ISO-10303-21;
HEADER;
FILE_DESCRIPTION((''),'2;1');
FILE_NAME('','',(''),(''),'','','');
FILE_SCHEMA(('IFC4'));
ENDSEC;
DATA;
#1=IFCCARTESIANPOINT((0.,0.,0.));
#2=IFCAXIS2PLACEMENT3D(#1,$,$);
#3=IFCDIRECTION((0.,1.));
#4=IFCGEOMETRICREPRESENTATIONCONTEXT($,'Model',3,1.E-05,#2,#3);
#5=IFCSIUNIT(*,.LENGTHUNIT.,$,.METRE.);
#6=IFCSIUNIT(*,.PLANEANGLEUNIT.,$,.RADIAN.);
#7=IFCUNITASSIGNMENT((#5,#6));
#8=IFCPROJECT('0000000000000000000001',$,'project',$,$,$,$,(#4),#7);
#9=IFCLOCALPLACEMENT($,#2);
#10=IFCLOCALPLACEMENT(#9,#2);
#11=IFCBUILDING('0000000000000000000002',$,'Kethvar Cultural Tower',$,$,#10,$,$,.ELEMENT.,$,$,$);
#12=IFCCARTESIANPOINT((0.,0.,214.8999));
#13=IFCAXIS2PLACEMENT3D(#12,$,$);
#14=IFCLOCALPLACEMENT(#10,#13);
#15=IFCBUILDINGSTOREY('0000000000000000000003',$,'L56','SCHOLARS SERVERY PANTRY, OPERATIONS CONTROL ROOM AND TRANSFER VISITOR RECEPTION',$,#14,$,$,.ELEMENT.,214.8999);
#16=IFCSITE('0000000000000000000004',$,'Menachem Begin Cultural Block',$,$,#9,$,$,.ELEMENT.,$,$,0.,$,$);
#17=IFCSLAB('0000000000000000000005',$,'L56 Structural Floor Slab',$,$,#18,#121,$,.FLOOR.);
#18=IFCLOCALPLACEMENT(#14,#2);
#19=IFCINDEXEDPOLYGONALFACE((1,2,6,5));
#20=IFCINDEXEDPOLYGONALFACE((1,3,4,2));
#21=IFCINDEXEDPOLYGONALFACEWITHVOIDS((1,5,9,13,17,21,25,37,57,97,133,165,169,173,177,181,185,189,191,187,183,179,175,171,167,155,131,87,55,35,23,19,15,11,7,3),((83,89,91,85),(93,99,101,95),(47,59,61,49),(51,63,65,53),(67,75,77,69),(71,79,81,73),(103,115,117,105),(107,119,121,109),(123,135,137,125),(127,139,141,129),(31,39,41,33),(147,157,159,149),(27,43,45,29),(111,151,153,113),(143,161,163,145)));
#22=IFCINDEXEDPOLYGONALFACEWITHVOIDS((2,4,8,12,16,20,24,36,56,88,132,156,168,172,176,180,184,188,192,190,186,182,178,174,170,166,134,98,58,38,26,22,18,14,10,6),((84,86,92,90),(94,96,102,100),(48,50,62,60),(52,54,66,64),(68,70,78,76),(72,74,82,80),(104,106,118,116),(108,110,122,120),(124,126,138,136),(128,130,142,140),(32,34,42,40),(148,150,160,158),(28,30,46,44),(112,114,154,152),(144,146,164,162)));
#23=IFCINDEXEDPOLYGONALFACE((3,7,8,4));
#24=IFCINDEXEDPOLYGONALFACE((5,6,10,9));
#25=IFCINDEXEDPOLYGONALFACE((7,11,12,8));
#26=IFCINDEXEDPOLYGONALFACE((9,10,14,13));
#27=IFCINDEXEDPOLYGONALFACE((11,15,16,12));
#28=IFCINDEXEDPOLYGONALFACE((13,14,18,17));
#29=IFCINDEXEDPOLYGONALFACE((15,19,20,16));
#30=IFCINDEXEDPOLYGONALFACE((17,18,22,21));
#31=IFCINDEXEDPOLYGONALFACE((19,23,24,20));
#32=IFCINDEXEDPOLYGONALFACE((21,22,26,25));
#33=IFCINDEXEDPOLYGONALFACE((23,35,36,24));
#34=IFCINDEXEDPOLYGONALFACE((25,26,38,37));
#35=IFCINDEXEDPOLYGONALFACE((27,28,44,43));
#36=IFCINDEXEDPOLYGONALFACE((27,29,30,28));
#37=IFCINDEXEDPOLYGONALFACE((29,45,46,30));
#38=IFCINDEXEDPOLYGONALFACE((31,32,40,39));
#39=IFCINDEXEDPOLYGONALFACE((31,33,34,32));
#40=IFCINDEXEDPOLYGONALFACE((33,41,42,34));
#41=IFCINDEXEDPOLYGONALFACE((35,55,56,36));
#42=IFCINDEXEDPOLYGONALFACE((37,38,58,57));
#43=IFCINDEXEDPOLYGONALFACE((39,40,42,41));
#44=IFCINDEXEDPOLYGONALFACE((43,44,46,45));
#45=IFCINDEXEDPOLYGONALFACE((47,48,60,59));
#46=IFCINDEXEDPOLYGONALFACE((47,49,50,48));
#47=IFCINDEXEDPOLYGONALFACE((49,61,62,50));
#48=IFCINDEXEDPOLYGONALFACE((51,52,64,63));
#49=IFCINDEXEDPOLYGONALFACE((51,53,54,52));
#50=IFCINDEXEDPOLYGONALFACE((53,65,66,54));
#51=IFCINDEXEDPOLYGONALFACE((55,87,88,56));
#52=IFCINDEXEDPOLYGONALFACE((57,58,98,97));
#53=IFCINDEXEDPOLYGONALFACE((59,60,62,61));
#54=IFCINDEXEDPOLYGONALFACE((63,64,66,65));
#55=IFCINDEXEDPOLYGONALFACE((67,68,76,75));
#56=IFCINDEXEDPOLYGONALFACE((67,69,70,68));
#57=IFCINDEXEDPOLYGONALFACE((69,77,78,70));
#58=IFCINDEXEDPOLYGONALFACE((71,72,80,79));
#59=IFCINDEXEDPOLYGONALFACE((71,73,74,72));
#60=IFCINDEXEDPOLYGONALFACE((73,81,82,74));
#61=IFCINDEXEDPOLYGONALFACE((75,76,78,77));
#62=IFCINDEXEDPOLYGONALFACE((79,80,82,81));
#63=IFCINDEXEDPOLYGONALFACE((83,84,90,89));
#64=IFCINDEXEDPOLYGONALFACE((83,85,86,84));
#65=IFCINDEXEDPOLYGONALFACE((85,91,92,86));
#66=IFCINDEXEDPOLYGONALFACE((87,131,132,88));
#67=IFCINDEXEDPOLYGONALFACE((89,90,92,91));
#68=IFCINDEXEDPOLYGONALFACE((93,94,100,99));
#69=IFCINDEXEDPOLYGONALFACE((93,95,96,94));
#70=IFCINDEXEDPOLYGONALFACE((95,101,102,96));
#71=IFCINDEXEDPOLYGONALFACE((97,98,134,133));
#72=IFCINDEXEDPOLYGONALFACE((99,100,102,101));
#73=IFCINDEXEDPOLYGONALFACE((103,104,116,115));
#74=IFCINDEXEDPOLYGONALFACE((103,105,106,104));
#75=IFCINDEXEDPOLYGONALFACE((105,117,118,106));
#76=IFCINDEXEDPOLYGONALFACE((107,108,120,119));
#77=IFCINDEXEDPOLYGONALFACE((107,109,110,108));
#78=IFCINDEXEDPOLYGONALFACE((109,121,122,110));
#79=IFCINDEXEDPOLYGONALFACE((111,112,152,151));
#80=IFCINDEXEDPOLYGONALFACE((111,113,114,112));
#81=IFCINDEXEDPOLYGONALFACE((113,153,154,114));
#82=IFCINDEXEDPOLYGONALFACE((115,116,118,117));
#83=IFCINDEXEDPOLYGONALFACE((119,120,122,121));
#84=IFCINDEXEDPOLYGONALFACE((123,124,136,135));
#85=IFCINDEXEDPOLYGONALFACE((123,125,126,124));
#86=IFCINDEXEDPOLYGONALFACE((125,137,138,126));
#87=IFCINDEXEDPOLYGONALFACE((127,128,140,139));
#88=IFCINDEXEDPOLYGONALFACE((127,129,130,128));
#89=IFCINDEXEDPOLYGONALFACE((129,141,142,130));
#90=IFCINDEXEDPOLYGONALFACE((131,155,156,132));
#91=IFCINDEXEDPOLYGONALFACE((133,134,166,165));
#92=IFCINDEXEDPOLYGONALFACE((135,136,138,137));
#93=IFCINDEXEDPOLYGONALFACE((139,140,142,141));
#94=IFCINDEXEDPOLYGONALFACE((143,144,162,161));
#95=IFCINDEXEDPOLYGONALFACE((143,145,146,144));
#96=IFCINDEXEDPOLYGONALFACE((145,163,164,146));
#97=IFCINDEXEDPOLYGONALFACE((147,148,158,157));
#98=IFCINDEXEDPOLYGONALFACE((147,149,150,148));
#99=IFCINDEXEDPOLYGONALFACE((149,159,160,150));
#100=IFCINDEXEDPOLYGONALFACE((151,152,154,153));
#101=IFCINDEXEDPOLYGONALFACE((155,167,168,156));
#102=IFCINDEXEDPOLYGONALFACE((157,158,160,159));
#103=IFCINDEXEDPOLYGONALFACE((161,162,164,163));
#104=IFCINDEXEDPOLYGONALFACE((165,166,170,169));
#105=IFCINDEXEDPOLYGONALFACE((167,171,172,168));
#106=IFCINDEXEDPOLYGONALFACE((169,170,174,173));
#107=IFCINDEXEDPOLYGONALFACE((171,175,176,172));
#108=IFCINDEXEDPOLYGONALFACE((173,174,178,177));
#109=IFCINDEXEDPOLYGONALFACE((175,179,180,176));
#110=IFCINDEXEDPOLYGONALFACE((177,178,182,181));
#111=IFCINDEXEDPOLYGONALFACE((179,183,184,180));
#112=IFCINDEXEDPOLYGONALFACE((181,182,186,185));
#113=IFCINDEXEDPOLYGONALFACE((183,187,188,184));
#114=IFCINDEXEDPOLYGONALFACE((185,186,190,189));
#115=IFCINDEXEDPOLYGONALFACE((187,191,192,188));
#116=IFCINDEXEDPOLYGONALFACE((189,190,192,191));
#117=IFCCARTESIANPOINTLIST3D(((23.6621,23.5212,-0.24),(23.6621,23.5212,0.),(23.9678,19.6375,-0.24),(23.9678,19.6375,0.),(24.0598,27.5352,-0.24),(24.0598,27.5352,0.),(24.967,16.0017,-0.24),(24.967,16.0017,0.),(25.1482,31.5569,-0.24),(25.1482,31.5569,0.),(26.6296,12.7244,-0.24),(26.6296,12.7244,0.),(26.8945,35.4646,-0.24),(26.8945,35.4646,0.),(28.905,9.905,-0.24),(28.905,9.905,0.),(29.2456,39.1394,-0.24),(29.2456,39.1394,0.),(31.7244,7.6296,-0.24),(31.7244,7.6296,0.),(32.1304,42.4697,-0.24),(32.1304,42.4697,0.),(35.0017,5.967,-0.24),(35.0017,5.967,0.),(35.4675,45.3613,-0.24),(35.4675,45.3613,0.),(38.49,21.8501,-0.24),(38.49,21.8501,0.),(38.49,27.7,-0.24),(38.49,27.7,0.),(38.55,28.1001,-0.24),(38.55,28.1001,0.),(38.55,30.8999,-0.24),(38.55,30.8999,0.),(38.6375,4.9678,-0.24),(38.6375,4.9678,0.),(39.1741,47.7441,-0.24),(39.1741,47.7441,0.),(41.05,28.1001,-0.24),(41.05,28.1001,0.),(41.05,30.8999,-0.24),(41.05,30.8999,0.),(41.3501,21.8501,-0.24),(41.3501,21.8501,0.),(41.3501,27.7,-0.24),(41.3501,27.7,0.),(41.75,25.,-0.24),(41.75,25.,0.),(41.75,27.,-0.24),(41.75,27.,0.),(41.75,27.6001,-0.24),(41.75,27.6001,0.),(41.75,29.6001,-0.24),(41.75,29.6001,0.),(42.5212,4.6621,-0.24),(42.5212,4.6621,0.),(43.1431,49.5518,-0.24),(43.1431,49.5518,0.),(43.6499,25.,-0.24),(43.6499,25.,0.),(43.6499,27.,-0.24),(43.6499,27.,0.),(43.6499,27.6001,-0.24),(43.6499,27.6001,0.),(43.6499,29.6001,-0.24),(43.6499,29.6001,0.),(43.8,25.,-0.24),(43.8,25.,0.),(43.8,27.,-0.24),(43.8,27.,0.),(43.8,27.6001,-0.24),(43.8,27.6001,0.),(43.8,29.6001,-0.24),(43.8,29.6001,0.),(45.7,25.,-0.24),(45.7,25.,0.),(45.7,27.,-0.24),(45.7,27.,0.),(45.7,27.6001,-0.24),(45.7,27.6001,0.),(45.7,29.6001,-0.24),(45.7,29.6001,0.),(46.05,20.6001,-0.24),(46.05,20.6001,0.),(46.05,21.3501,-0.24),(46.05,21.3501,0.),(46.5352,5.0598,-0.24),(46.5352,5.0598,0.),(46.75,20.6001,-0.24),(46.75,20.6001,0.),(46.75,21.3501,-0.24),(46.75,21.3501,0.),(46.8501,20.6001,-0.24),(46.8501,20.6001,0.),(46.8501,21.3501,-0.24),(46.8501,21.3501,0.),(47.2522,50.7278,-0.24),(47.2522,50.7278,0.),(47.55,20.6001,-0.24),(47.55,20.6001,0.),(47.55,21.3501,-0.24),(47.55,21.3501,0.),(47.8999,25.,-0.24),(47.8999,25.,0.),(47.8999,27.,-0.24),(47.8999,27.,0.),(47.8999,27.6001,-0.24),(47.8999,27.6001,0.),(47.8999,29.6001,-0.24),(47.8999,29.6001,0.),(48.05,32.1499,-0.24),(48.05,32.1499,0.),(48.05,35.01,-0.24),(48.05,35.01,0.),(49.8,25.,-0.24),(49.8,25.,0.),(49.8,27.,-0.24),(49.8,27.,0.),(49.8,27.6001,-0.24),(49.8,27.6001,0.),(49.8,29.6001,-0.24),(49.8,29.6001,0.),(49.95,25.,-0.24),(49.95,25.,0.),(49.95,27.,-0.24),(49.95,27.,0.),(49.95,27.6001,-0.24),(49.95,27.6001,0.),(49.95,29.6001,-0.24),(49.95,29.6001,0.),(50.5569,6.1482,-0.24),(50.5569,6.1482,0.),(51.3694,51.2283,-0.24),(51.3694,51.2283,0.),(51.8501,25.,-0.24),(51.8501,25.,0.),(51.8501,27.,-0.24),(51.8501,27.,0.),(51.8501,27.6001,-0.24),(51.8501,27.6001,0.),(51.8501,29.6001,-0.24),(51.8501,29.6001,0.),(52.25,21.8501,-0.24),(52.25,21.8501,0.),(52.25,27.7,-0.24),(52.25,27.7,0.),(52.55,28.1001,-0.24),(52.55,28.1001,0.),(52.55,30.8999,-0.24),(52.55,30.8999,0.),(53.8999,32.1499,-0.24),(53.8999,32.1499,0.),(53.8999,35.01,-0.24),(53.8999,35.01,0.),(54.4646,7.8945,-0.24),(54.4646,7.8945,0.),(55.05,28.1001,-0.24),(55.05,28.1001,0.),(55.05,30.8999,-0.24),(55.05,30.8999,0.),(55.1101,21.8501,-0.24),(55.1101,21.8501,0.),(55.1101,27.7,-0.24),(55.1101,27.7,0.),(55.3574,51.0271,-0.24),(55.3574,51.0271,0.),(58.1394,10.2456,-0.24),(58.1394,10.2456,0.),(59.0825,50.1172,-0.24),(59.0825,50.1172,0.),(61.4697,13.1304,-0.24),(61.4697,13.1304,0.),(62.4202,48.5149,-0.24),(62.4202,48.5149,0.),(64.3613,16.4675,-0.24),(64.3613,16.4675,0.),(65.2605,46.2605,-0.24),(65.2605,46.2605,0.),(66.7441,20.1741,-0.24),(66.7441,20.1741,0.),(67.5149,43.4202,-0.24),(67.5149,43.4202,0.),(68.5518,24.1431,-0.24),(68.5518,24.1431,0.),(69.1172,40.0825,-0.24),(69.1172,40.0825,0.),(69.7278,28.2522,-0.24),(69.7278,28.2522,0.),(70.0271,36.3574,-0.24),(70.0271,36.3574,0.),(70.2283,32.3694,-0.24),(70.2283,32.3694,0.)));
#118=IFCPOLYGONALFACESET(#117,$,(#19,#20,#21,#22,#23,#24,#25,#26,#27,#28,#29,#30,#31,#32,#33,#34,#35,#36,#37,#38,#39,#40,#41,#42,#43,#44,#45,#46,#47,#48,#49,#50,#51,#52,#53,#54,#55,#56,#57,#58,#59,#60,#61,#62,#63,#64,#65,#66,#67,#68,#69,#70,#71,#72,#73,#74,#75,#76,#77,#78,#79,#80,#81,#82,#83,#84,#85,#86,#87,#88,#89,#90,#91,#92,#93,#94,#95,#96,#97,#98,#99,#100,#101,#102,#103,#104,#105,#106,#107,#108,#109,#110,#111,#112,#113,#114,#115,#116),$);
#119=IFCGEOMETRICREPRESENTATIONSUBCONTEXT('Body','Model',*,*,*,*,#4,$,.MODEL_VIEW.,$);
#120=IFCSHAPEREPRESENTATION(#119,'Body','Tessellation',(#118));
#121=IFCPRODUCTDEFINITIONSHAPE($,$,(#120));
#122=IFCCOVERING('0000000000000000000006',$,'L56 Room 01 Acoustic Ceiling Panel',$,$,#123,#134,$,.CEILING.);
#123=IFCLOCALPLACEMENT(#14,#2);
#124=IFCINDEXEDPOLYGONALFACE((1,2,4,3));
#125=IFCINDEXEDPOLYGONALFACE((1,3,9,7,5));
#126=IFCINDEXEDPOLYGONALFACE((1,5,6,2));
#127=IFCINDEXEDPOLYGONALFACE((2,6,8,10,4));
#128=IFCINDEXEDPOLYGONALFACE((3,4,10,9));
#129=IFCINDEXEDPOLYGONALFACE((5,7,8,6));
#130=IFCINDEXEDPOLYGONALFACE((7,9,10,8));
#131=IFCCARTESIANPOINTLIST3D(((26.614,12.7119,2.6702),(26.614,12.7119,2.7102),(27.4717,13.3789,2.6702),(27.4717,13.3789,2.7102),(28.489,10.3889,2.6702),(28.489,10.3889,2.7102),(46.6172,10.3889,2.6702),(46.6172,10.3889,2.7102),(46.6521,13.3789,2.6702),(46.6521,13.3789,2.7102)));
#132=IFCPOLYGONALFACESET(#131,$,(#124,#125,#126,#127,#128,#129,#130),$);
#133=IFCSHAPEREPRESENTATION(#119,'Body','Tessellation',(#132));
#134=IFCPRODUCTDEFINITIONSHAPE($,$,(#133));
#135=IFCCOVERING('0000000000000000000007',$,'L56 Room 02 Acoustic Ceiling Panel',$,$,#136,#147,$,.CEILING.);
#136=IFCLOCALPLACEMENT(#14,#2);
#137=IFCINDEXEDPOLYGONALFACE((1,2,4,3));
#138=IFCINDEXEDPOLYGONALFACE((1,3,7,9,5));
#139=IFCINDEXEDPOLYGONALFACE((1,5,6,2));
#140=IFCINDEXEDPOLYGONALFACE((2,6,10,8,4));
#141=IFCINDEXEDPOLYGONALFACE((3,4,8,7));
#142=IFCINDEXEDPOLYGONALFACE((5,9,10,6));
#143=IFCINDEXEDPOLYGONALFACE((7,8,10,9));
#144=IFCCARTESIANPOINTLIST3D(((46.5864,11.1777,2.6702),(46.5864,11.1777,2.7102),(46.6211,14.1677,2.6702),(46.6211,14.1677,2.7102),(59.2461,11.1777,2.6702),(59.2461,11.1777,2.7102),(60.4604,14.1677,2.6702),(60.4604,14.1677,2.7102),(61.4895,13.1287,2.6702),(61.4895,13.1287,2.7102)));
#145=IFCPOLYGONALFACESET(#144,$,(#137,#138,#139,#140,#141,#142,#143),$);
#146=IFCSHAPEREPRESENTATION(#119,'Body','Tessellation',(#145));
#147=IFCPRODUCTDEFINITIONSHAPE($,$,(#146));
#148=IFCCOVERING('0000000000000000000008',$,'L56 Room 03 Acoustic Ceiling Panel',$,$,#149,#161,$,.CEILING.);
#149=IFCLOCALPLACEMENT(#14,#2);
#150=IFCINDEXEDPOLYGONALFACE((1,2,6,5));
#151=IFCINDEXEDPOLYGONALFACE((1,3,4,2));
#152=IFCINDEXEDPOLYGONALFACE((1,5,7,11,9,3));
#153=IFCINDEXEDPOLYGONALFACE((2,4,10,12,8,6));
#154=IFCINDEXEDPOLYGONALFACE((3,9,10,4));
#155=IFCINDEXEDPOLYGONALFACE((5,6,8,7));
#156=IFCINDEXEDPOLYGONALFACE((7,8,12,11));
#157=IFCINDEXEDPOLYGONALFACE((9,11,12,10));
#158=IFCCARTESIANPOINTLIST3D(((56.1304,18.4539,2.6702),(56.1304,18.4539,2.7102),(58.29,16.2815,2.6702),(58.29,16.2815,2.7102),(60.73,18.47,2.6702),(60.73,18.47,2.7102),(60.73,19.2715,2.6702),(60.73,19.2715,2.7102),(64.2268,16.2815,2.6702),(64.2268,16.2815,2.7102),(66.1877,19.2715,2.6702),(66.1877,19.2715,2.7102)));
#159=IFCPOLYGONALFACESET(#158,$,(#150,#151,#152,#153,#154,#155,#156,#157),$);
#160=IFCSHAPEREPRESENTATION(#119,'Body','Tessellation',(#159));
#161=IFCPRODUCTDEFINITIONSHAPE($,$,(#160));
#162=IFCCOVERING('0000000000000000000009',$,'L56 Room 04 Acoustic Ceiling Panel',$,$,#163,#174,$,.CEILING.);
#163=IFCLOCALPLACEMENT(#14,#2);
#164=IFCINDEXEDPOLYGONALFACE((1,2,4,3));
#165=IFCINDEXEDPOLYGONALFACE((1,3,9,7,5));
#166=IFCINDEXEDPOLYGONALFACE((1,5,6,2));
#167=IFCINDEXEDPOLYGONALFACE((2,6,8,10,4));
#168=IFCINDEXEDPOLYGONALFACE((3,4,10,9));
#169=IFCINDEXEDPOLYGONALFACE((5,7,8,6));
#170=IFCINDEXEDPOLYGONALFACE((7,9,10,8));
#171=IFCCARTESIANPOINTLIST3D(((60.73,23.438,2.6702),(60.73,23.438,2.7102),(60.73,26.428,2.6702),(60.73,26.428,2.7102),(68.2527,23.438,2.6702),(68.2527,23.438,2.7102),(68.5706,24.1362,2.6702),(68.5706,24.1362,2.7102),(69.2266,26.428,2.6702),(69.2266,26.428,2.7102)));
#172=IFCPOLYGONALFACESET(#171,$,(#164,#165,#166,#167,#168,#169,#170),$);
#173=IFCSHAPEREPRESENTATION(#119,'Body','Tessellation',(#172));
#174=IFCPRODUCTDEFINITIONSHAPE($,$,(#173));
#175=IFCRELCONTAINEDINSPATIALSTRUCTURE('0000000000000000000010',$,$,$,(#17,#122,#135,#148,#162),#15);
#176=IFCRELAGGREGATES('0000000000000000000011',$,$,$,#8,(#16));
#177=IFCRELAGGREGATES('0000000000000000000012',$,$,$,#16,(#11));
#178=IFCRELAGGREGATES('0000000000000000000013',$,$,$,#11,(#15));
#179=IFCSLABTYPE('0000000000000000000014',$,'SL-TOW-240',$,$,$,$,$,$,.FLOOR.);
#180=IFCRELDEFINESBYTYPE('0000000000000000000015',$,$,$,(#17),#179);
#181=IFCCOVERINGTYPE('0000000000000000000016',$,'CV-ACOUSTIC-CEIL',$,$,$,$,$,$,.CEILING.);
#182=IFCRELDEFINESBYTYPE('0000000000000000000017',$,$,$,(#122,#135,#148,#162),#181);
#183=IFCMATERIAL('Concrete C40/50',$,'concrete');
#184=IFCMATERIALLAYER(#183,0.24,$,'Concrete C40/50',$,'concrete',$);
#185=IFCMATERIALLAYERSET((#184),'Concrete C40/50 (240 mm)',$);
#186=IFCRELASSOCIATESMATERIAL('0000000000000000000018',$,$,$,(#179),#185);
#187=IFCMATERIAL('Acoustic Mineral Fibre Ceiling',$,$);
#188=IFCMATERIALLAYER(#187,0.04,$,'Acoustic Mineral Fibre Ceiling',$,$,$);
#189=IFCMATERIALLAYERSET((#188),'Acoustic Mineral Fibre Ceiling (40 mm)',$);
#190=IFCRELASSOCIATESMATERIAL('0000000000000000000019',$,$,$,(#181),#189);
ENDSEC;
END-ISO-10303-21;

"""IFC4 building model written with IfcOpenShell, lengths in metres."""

from ifc_helpers import new_model, si_unit, direction, frame, origin, place, context, subcontext, project, spatial, polyline, outline, extrude, material, layer, layer_set, type_object, element, save


model = new_model("IFC4")

# Units and contexts
model_context = context("Model", 3, precision=1e-05, world=origin(), true_north=direction((0.0, 1.0)))
body_context = subcontext(model_context, "Body", "Model", "MODEL_VIEW")
ifc_project = project(units=[si_unit("LENGTHUNIT", "METRE"), si_unit("PLANEANGLEUNIT", "RADIAN")], contexts=[model_context])

# Site, building, storey
site_placement = place(None, origin())
site = spatial("IfcSite", under=ifc_project, at=site_placement, Name="Menachem Begin Cultural Block", CompositionType="ELEMENT", RefElevation=0.0)
building_placement = place(site_placement, origin())
building = spatial("IfcBuilding", under=site, at=building_placement, Name="Kethvar Cultural Tower", CompositionType="ELEMENT")
storey_placement = place(building_placement, frame((0.0, 0.0, 214.8999)))
storey = spatial("IfcBuildingStorey", under=building, at=storey_placement, Name="L56", Description="SCHOLARS SERVERY PANTRY, OPERATIONS CONTROL ROOM AND TRANSFER VISITOR RECEPTION", CompositionType="ELEMENT", Elevation=214.8999)

# Shared definitions
ifc_material_1 = material(Name="Concrete C40/50", Category="concrete")

# Slab
ifc_layer_1 = layer(ifc_material_1, 0.24, Name="Concrete C40/50", Category="concrete")
ifc_layer_set_1 = layer_set([ifc_layer_1], Name="Concrete C40/50 (240 mm)")
slab_type_1 = type_object("IfcSlabType", Name="SL-TOW-240", PredefinedType="FLOOR", material=ifc_layer_set_1)
slab_1_placement = place(storey_placement, frame((0.0, 0.0, -0.24)))
element("IfcSlab", 1, at=slab_1_placement, inside=storey, type_object=slab_type_1, Name="L56 Structural Floor Slab", PredefinedType="FLOOR", context=body_context, shape_type="SweptSolid", body=[
    extrude(outline(polyline([(65.2605, 46.2605), (62.4202, 48.5149), (59.0825, 50.1172), (55.3574, 51.0271), (51.3694, 51.2283), (47.2522, 50.7278), (43.1431, 49.5518), (39.1741, 47.7441), (35.4675, 45.3613), (32.1304, 42.4697), (29.2456, 39.1394), (26.8945, 35.4646), (25.1482, 31.5569), (24.0598, 27.5352), (23.6621, 23.5212), (23.9678, 19.6375), (24.967, 16.0017), (26.6296, 12.7244), (28.905, 9.905), (31.7244, 7.6296), (35.0017, 5.967), (38.6375, 4.9678), (42.5212, 4.6621), (46.5352, 5.0598), (50.5569, 6.1482), (54.4646, 7.8945), (58.1394, 10.2456), (61.4697, 13.1304), (64.3613, 16.4675), (66.7441, 20.1741), (68.5518, 24.1431), (69.7278, 28.2522), (70.2283, 32.3694), (70.0271, 36.3574), (69.1172, 40.0825), (67.5149, 43.4202), (65.2605, 46.2605)]), holes=[polyline([(38.49, 21.8501), (38.49, 27.7), (41.3501, 27.7), (41.3501, 21.8501), (38.49, 21.8501)]), polyline([(52.25, 21.8501), (52.25, 27.7), (55.1101, 27.7), (55.1101, 21.8501), (52.25, 21.8501)]), polyline([(53.8999, 32.1499), (48.05, 32.1499), (48.05, 35.01), (53.8999, 35.01), (53.8999, 32.1499)]), polyline([(41.75, 27.0), (43.6499, 27.0), (43.6499, 25.0), (41.75, 25.0), (41.75, 27.0)]), polyline([(43.8, 27.0), (45.7, 27.0), (45.7, 25.0), (43.8, 25.0), (43.8, 27.0)]), polyline([(47.8999, 27.0), (49.8, 27.0), (49.8, 25.0), (47.8999, 25.0), (47.8999, 27.0)]), polyline([(49.95, 27.0), (51.8501, 27.0), (51.8501, 25.0), (49.95, 25.0), (49.95, 27.0)]), polyline([(41.75, 29.6001), (43.6499, 29.6001), (43.6499, 27.6001), (41.75, 27.6001), (41.75, 29.6001)]), polyline([(43.8, 29.6001), (45.7, 29.6001), (45.7, 27.6001), (43.8, 27.6001), (43.8, 29.6001)]), polyline([(47.8999, 29.6001), (49.8, 29.6001), (49.8, 27.6001), (47.8999, 27.6001), (47.8999, 29.6001)]), polyline([(49.95, 29.6001), (51.8501, 29.6001), (51.8501, 27.6001), (49.95, 27.6001), (49.95, 29.6001)]), polyline([(38.55, 30.8999), (41.05, 30.8999), (41.05, 28.1001), (38.55, 28.1001), (38.55, 30.8999)]), polyline([(52.55, 30.8999), (55.05, 30.8999), (55.05, 28.1001), (52.55, 28.1001), (52.55, 30.8999)]), polyline([(46.05, 21.3501), (46.75, 21.3501), (46.75, 20.6001), (46.05, 20.6001), (46.05, 21.3501)]), polyline([(46.8501, 21.3501), (47.55, 21.3501), (47.55, 20.6001), (46.8501, 20.6001), (46.8501, 21.3501)])]), origin(), (0.0, 0.0, 1.0), 0.24),
])

# Coverings
ifc_material_2 = material(Name="Acoustic Mineral Fibre Ceiling")
ifc_layer_2 = layer(ifc_material_2, 0.04, Name="Acoustic Mineral Fibre Ceiling")
ifc_layer_set_2 = layer_set([ifc_layer_2], Name="Acoustic Mineral Fibre Ceiling (40 mm)")
covering_type_1 = type_object("IfcCoveringType", Name="CV-ACOUSTIC-CEIL", PredefinedType="CEILING", material=ifc_layer_set_2)
covering_1_placement = place(storey_placement, frame((0.0, 0.0, 2.6702)))
element("IfcCovering", 2, at=covering_1_placement, inside=storey, type_object=covering_type_1, Name="L56 Room 01 Acoustic Ceiling Panel", PredefinedType="CEILING", context=body_context, shape_type="SweptSolid", body=[
    extrude(outline(polyline([(26.614, 12.7119), (27.4717, 13.3789), (46.6521, 13.3789), (46.6172, 10.3889), (28.489, 10.3889), (26.614, 12.7119)])), origin(), (0.0, 0.0, 1.0), 0.04),
])
covering_2_placement = place(storey_placement, frame((0.0, 0.0, 2.6702)))
element("IfcCovering", 3, at=covering_2_placement, inside=storey, type_object=covering_type_1, Name="L56 Room 02 Acoustic Ceiling Panel", PredefinedType="CEILING", context=body_context, shape_type="SweptSolid", body=[
    extrude(outline(polyline([(46.6211, 14.1677), (60.4604, 14.1677), (61.4895, 13.1287), (59.2461, 11.1777), (46.5864, 11.1777), (46.6211, 14.1677)])), origin(), (0.0, 0.0, 1.0), 0.04),
])
covering_3_placement = place(storey_placement, frame((0.0, 0.0, 2.6702)))
element("IfcCovering", 4, at=covering_3_placement, inside=storey, type_object=covering_type_1, Name="L56 Room 03 Acoustic Ceiling Panel", PredefinedType="CEILING", context=body_context, shape_type="SweptSolid", body=[
    extrude(outline(polyline([(66.1877, 19.2715), (64.2268, 16.2815), (58.29, 16.2815), (56.1304, 18.4539), (60.73, 18.47), (60.73, 19.2715), (66.1877, 19.2715)])), origin(), (0.0, 0.0, 1.0), 0.04),
])
covering_4_placement = place(storey_placement, frame((0.0, 0.0, 2.6702)))
element("IfcCovering", 5, at=covering_4_placement, inside=storey, type_object=covering_type_1, Name="L56 Room 04 Acoustic Ceiling Panel", PredefinedType="CEILING", context=body_context, shape_type="SweptSolid", body=[
    extrude(outline(polyline([(68.5706, 24.1362), (68.2527, 23.438), (60.73, 23.438), (60.73, 26.428), (69.2266, 26.428), (68.5706, 24.1362)])), origin(), (0.0, 0.0, 1.0), 0.04),
])

save(model, "model.ifc")
